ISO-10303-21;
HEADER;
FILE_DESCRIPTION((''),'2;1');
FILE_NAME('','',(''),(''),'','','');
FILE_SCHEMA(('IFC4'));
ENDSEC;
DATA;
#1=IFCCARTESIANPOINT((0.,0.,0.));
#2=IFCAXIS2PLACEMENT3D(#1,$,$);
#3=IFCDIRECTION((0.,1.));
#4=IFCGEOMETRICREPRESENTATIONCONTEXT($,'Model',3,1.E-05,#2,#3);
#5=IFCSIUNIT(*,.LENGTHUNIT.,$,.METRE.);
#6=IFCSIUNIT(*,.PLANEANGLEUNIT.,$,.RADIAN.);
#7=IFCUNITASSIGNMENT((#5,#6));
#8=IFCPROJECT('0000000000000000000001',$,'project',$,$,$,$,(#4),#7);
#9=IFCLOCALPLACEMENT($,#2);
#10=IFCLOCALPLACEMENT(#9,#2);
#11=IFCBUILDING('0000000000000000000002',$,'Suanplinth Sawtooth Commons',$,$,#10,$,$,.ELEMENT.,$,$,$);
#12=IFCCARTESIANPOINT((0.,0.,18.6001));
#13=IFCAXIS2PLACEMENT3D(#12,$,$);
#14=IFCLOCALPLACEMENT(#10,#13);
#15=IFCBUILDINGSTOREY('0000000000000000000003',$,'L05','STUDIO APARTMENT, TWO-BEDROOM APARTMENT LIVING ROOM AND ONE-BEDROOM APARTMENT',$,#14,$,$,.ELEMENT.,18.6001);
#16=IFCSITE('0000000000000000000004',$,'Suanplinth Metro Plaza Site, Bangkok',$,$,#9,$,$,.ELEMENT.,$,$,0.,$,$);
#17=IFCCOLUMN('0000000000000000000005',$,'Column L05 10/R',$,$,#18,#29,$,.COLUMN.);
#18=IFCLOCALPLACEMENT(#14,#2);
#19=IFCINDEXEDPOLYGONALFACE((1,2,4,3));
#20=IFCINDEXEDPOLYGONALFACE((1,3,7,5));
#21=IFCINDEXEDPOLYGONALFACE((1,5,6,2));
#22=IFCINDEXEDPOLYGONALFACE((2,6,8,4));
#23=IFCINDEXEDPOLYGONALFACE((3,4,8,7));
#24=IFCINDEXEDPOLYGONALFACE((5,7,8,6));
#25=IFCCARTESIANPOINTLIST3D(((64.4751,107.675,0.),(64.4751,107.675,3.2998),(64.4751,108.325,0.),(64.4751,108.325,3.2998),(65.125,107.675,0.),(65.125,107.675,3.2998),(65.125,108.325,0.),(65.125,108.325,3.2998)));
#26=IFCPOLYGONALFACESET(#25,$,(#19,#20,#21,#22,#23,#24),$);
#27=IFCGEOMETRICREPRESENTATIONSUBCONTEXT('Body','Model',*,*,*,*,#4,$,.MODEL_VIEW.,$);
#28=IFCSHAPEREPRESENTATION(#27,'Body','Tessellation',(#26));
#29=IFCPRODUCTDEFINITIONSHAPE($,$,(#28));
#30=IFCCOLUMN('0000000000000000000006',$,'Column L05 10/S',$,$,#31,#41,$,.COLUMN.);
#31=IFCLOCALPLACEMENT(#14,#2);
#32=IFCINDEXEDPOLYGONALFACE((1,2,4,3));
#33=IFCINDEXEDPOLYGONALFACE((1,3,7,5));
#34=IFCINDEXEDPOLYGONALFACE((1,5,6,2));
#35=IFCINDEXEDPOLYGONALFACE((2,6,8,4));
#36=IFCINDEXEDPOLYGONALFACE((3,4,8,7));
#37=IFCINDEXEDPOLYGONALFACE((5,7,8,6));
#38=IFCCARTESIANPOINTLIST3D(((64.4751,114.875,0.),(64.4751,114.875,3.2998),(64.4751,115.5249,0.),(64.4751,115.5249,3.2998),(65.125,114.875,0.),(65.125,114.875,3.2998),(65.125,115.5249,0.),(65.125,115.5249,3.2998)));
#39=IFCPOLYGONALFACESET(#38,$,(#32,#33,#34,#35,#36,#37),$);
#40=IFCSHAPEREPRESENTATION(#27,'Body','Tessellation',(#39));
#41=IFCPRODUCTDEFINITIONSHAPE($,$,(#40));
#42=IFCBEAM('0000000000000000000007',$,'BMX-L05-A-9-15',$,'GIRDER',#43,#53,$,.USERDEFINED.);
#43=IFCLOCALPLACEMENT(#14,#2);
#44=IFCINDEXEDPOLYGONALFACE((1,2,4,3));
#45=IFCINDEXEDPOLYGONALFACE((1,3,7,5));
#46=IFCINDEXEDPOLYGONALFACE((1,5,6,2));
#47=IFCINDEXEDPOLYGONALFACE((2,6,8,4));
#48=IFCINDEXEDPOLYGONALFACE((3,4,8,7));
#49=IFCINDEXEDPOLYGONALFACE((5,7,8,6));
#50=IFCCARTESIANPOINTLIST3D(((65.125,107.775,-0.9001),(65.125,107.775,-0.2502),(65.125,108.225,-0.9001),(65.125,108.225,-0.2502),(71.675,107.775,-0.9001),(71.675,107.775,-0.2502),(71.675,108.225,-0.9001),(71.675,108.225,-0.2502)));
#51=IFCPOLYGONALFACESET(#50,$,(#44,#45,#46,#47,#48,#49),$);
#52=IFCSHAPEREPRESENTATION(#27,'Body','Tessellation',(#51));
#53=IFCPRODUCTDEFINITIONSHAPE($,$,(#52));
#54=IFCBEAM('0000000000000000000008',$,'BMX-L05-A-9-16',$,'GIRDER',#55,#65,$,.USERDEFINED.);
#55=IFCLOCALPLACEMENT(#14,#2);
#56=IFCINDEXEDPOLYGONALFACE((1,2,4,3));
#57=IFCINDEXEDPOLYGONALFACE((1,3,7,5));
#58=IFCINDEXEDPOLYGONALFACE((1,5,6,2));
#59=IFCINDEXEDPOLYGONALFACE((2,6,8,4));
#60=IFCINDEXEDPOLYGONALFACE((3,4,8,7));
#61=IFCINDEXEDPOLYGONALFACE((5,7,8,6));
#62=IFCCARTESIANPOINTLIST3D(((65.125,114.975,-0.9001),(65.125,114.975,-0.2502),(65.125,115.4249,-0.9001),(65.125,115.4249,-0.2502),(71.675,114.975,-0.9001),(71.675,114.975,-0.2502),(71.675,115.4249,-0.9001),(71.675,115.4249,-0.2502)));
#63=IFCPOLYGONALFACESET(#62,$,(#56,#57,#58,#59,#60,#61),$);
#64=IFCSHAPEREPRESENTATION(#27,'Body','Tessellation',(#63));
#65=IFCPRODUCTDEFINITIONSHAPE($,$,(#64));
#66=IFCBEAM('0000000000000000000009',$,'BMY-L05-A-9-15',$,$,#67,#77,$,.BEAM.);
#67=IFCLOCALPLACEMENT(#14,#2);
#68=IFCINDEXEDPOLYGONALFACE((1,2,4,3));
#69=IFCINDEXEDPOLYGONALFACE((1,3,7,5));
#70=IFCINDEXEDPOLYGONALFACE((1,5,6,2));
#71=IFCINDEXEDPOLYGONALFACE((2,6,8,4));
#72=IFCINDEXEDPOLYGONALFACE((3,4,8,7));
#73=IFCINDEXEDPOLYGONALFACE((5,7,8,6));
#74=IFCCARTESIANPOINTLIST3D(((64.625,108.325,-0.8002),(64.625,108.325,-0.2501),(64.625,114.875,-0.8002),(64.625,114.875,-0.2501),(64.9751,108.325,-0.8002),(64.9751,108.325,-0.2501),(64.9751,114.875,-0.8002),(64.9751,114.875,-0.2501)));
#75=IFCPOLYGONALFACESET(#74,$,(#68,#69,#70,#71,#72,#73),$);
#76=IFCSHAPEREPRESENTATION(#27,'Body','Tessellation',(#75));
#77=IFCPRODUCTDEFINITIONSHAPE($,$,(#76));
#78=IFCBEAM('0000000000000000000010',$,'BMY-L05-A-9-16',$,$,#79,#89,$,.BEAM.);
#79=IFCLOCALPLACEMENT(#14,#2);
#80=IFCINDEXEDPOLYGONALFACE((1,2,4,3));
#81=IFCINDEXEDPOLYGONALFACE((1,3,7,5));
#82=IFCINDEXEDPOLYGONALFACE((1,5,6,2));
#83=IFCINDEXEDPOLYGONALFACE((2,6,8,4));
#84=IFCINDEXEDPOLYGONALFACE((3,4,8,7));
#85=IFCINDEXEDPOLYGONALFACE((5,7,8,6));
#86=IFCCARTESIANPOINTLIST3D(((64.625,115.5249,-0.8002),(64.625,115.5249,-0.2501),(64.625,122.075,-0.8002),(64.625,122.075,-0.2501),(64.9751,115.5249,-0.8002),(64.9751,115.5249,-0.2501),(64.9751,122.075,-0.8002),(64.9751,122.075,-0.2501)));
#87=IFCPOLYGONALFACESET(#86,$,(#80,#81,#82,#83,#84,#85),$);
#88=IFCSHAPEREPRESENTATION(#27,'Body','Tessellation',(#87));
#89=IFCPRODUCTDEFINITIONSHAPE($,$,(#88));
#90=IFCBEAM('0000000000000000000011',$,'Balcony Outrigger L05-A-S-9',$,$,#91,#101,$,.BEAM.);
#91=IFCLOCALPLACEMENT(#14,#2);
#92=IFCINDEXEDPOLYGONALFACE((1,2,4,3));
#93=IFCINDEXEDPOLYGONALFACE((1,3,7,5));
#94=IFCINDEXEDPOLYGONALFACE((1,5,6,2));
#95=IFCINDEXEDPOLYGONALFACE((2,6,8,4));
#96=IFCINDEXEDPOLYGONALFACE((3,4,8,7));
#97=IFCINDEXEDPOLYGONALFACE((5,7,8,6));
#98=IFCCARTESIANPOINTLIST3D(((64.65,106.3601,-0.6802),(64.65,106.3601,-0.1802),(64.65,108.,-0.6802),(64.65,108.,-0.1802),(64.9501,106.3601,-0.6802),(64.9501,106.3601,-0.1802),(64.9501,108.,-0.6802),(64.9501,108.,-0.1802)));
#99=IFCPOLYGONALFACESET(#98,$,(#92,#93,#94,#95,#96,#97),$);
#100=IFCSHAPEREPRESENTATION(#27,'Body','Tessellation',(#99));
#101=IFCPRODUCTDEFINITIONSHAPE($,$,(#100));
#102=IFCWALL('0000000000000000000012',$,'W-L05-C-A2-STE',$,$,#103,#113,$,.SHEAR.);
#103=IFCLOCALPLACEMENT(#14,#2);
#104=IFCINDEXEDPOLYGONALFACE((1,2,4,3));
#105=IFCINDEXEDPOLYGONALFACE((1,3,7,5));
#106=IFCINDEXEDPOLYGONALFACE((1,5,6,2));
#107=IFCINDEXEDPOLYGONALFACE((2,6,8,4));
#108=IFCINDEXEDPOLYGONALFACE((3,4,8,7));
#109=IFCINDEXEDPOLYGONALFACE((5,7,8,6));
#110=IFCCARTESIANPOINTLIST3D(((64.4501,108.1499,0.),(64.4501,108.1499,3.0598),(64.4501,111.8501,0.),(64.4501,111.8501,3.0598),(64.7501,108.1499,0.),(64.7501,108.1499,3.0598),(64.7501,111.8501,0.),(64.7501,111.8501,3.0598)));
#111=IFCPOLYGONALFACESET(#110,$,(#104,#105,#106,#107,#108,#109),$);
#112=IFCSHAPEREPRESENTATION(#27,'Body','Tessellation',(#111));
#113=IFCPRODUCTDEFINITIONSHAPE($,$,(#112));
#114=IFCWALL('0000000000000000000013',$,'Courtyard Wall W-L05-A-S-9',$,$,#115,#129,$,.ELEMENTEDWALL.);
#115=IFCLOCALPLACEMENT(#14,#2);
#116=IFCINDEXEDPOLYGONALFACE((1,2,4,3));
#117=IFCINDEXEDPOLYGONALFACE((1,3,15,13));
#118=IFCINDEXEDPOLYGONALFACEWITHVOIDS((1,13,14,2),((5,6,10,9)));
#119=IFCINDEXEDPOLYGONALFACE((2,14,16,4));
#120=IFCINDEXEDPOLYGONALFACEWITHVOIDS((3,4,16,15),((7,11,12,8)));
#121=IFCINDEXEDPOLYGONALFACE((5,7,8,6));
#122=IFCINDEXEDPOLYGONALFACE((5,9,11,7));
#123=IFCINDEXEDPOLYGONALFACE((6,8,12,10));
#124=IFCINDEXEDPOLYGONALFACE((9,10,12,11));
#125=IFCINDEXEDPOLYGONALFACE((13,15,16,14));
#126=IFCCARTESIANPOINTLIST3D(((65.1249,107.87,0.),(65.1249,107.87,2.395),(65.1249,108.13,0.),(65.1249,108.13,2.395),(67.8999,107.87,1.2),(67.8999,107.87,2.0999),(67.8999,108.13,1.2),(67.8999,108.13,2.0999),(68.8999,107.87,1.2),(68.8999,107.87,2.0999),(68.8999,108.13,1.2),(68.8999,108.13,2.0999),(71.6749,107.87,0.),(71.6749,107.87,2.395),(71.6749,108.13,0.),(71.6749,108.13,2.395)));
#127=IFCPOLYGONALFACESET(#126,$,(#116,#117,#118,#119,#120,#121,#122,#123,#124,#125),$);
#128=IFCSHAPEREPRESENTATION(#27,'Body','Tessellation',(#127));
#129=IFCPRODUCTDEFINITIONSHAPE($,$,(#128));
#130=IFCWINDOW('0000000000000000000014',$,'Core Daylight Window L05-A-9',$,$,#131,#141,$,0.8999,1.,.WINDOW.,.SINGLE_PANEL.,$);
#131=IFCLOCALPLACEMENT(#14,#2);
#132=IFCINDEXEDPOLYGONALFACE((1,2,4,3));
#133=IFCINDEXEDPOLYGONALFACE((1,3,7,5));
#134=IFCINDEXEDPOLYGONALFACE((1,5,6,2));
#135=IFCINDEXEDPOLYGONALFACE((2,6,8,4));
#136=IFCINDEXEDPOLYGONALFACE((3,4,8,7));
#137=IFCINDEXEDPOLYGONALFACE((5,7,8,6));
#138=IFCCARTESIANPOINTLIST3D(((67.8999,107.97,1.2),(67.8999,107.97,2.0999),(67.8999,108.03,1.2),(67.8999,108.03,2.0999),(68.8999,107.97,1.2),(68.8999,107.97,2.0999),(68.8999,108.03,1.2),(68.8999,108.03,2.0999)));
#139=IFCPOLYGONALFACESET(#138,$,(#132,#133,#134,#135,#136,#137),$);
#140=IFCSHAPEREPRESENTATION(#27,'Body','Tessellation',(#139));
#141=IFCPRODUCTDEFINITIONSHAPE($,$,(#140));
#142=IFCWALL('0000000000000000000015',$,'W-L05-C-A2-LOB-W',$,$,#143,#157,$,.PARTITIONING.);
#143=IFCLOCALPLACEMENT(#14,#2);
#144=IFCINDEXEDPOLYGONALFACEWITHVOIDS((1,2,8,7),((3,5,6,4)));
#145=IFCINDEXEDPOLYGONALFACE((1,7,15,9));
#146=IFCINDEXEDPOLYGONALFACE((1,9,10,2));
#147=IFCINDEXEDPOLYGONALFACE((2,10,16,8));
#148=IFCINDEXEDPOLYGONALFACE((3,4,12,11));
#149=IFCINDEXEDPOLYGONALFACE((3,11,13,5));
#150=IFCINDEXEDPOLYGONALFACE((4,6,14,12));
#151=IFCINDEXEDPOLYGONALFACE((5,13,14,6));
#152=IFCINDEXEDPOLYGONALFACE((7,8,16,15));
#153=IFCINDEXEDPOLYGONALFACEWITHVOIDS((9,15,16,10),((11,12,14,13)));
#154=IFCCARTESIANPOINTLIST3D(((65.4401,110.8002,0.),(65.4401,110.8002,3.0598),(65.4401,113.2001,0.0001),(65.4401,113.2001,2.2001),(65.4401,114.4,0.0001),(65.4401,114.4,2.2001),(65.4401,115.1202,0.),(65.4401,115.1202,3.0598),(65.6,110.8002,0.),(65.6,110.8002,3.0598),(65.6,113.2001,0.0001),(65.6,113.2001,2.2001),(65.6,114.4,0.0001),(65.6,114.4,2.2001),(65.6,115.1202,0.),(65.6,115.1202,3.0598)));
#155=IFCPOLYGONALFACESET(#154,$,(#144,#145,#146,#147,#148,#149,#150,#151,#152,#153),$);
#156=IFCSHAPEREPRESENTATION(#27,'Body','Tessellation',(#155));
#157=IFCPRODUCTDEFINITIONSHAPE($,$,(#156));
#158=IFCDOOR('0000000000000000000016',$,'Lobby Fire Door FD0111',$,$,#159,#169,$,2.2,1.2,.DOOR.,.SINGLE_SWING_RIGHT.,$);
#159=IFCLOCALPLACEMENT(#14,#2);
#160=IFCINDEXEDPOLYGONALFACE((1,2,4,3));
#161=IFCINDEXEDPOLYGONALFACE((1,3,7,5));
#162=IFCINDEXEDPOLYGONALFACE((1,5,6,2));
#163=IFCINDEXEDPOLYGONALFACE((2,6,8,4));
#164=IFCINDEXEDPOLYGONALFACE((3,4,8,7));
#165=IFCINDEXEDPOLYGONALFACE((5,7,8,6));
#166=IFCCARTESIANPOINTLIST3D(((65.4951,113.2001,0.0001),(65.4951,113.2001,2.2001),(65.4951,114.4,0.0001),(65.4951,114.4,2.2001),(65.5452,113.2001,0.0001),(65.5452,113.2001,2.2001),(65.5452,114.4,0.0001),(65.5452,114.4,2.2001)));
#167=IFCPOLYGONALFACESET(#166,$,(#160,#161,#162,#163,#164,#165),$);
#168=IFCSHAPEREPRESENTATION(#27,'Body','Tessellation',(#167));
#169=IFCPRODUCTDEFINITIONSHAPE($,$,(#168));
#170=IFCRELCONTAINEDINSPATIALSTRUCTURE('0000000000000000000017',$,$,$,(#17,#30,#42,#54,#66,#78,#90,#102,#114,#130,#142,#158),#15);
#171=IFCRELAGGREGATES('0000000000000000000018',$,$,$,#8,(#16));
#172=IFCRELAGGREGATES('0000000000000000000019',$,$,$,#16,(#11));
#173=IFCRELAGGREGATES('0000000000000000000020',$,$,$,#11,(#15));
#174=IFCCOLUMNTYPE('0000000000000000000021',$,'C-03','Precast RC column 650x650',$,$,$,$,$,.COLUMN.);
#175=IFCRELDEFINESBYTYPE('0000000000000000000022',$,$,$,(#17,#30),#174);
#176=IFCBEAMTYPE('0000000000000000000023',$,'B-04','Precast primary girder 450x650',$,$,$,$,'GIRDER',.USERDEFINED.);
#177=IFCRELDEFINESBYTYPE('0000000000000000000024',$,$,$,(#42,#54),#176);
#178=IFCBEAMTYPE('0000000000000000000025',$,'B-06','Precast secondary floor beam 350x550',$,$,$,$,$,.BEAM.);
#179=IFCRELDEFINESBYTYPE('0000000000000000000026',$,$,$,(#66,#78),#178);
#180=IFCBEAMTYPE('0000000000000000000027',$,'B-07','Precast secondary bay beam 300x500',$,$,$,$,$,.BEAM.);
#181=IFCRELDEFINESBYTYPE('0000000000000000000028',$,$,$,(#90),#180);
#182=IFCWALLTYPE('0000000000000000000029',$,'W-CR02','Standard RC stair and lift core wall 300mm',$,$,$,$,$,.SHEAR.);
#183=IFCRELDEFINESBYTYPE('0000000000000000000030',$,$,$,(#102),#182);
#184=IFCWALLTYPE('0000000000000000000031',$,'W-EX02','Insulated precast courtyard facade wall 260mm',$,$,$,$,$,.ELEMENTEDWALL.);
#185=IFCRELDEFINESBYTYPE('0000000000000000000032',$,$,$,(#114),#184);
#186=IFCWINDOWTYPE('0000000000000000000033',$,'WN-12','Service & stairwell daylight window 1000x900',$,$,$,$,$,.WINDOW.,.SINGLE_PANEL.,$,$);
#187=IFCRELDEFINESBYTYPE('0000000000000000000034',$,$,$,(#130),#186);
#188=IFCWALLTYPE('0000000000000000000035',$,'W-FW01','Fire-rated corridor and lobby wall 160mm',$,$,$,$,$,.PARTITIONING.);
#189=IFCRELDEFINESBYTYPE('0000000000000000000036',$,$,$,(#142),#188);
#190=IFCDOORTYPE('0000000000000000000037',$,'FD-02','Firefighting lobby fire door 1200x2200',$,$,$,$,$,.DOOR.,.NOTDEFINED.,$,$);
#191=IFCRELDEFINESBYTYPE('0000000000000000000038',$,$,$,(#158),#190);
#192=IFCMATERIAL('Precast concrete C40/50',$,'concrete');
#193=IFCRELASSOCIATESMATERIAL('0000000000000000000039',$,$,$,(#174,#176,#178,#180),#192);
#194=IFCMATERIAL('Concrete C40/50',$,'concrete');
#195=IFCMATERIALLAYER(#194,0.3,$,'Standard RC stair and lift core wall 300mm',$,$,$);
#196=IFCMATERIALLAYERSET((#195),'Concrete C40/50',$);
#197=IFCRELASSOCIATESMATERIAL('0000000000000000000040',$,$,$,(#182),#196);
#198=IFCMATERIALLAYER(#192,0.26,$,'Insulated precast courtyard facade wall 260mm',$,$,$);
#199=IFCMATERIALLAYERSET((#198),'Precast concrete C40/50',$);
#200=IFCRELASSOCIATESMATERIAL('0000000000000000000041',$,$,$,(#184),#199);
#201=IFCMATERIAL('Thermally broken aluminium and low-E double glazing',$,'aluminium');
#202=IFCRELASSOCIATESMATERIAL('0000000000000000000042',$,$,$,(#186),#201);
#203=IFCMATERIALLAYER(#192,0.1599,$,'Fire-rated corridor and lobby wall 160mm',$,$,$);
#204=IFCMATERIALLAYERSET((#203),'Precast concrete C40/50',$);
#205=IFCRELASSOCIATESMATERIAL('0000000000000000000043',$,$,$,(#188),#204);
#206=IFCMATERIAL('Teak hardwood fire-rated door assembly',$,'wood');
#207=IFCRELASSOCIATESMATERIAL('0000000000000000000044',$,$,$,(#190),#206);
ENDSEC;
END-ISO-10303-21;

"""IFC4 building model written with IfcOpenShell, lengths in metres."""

from ifc_helpers import new_model, si_unit, direction, frame, frame_2d, origin, origin_2d, place, context, subcontext, project, spatial, rectangle, extrude, material, layer, layer_set, material_profile, profile_set, type_object, element, fill, save


model = new_model("IFC4")

# Units and contexts
model_context = context("Model", 3, precision=1e-05, world=origin(), true_north=direction((0.0, 1.0)))
body_context = subcontext(model_context, "Body", "Model", "MODEL_VIEW")
ifc_project = project(units=[si_unit("LENGTHUNIT", "METRE"), si_unit("PLANEANGLEUNIT", "RADIAN")], contexts=[model_context])

# Site, building, storey
site_placement = place(None, origin())
site = spatial("IfcSite", under=ifc_project, at=site_placement, Name="Suanplinth Metro Plaza Site, Bangkok", CompositionType="ELEMENT", RefElevation=0.0)
building_placement = place(site_placement, origin())
building = spatial("IfcBuilding", under=site, at=building_placement, Name="Suanplinth Sawtooth Commons", CompositionType="ELEMENT")
storey_placement = place(building_placement, frame((0.0, 0.0, 18.6001)))
storey = spatial("IfcBuildingStorey", under=building, at=storey_placement, Name="L05", Description="STUDIO APARTMENT, TWO-BEDROOM APARTMENT LIVING ROOM AND ONE-BEDROOM APARTMENT", CompositionType="ELEMENT", Elevation=18.6001)

# Columns
ifc_material_1 = material(Name="Precast concrete C40/50", Category="concrete")
ifc_material_profile_1 = material_profile(ifc_material_1, rectangle(XDim=0.6499, YDim=0.6499, at=origin_2d()), Name="PC-COL 650x650")
ifc_profile_set_1 = profile_set([ifc_material_profile_1], Name="Precast concrete C40/50")
column_type = type_object("IfcColumnType", Name="C-03", Description="Precast RC column 650x650", PredefinedType="COLUMN", material=ifc_profile_set_1)
for number, where, z_axis, x_axis, name in (
    (1, (64.8, 108.0, 0.0), (0.0, 0.0, 1.0), (1.0, 0.0, 0.0), "Column L05 10/R"),
    (2, (64.8, 115.2, 0.0), (0.0, 0.0, 1.0), (1.0, 0.0, 0.0), "Column L05 10/S"),
):
    element("IfcColumn", number, at=place(storey_placement, frame(where, z_axis=z_axis, x_axis=x_axis)), inside=storey, type_object=column_type, Name=name, PredefinedType="COLUMN", context=body_context, shape_type="SweptSolid", body=[
        extrude(rectangle(XDim=0.6499, YDim=0.6499, at=origin_2d()), origin(), (0.0, 0.0, 1.0), 3.2998),
    ])

# Beams
ifc_material_profile_2 = material_profile(ifc_material_1, rectangle(XDim=0.45, YDim=0.6499, at=origin_2d()), Name="PC-GDR 450x650")
ifc_profile_set_2 = profile_set([ifc_material_profile_2], Name="Precast concrete C40/50")
beam_type_1 = type_object("IfcBeamType", Name="B-04", Description="Precast primary girder 450x650", ElementType="GIRDER", PredefinedType="USERDEFINED", material=ifc_profile_set_2)
for number, where, z_axis, x_axis, name in (
    (3, (65.125, 108.0, -0.5752), (1.0, 0.0, 0.0), (0.0, 1.0, 0.0), "BMX-L05-A-9-15"),
    (4, (65.125, 115.2, -0.5752), (1.0, 0.0, 0.0), (0.0, 1.0, 0.0), "BMX-L05-A-9-16"),
):
    element("IfcBeam", number, at=place(storey_placement, frame(where, z_axis=z_axis, x_axis=x_axis)), inside=storey, type_object=beam_type_1, Name=name, ObjectType="GIRDER", PredefinedType="USERDEFINED", context=body_context, shape_type="SweptSolid", body=[
        extrude(rectangle(XDim=0.45, YDim=0.6499, at=origin_2d()), origin(), (0.0, 0.0, 1.0), 6.55),
    ])
ifc_material_profile_3 = material_profile(ifc_material_1, rectangle(XDim=0.3501, YDim=0.55, at=origin_2d()), Name="PC-BM 350x550")
ifc_profile_set_3 = profile_set([ifc_material_profile_3], Name="Precast concrete C40/50")
beam_type_2 = type_object("IfcBeamType", Name="B-06", Description="Precast secondary floor beam 350x550", PredefinedType="BEAM", material=ifc_profile_set_3)
for number, where, z_axis, x_axis, name in (
    (5, (64.8, 108.325, -0.5251), (0.0, 1.0, 0.0), (-1.0, 0.0, 0.0), "BMY-L05-A-9-15"),
    (6, (64.8, 115.5249, -0.5251), (0.0, 1.0, 0.0), (-1.0, 0.0, 0.0), "BMY-L05-A-9-16"),
):
    element("IfcBeam", number, at=place(storey_placement, frame(where, z_axis=z_axis, x_axis=x_axis)), inside=storey, type_object=beam_type_2, Name=name, PredefinedType="BEAM", context=body_context, shape_type="SweptSolid", body=[
        extrude(rectangle(XDim=0.3501, YDim=0.55, at=origin_2d()), origin(), (0.0, 0.0, 1.0), 6.55),
    ])
ifc_material_profile_4 = material_profile(ifc_material_1, rectangle(XDim=0.3, YDim=0.5, at=origin_2d()), Name="PC-BM 300x500")
ifc_profile_set_4 = profile_set([ifc_material_profile_4], Name="Precast concrete C40/50")
beam_type_3 = type_object("IfcBeamType", Name="B-07", Description="Precast secondary bay beam 300x500", PredefinedType="BEAM", material=ifc_profile_set_4)
beam_placement = place(storey_placement, frame((64.8, 108.0, -0.4302), z_axis=(0.0, -1.0, 0.0), x_axis=(1.0, 0.0, 0.0)))
element("IfcBeam", 7, at=beam_placement, inside=storey, type_object=beam_type_3, Name="Balcony Outrigger L05-A-S-9", PredefinedType="BEAM", context=body_context, shape_type="SweptSolid", body=[
    extrude(rectangle(XDim=0.3, YDim=0.5, at=origin_2d()), origin(), (0.0, 0.0, 1.0), 1.6399),
])

# Wall
ifc_material_2 = material(Name="Concrete C40/50", Category="concrete")
ifc_layer_1 = layer(ifc_material_2, 0.3, Name="Standard RC stair and lift core wall 300mm")
ifc_layer_set_1 = layer_set([ifc_layer_1], Name="Concrete C40/50")
wall_type_1 = type_object("IfcWallType", Name="W-CR02", Description="Standard RC stair and lift core wall 300mm", PredefinedType="SHEAR", material=ifc_layer_set_1)
wall_1_placement = place(storey_placement, frame((64.6001, 108.1499, 0.0), z_axis=(0.0, 0.0, 1.0), x_axis=(0.0, 1.0, 0.0)))
element("IfcWall", 8, at=wall_1_placement, inside=storey, type_object=wall_type_1, Name="W-L05-C-A2-STE", PredefinedType="SHEAR", context=body_context, shape_type="SweptSolid", body=[
    extrude(rectangle(XDim=3.7002, YDim=0.3, at=frame_2d((1.8501, 0.0))), origin(), (0.0, 0.0, 1.0), 3.0598),
])

# Wall, opening, window
ifc_layer_2 = layer(ifc_material_1, 0.26, Name="Insulated precast courtyard facade wall 260mm")
ifc_layer_set_2 = layer_set([ifc_layer_2], Name="Precast concrete C40/50")
wall_type_2 = type_object("IfcWallType", Name="W-EX02", Description="Insulated precast courtyard facade wall 260mm", PredefinedType="ELEMENTEDWALL", material=ifc_layer_set_2)
wall_2_placement = place(storey_placement, frame((65.125, 108.0, 0.0), z_axis=(0.0, 0.0, 1.0), x_axis=(1.0, 0.0, 0.0)))
wall_2 = element("IfcWall", 9, at=wall_2_placement, inside=storey, type_object=wall_type_2, Name="Courtyard Wall W-L05-A-S-9", PredefinedType="ELEMENTEDWALL", context=body_context, shape_type="SweptSolid", body=[
    extrude(rectangle(XDim=6.55, YDim=0.26, at=frame_2d((3.2749, 0.0))), origin(), (0.0, 0.0, 1.0), 2.395),
])
opening_1_placement = place(wall_2_placement, frame((2.7749, 0.0, 1.2)))
opening_1 = element("IfcOpeningElement", 10, at=opening_1_placement, cuts=wall_2, PredefinedType="OPENING", context=body_context, shape_type="SweptSolid", body=[
    extrude(rectangle(XDim=1.0, YDim=0.8999, at=frame_2d((0.5, 0.45))), frame((0.0, 0.145, 0.0), z_axis=(0.0, -1.0, 0.0), x_axis=(1.0, 0.0, 0.0)), (0.0, 0.0, 1.0), 0.2898),
])
ifc_material_3 = material(Name="Thermally broken aluminium and low-E double glazing", Category="aluminium")
window_type = type_object("IfcWindowType", Name="WN-12", Description="Service & stairwell daylight window 1000x900", PartitioningType="SINGLE_PANEL", PredefinedType="WINDOW", material=ifc_material_3)
window_placement = place(opening_1_placement, origin())
window = element("IfcWindow", 11, at=window_placement, inside=storey, type_object=window_type, Name="Core Daylight Window L05-A-9", OverallHeight=0.8999, OverallWidth=1.0, PartitioningType="SINGLE_PANEL", PredefinedType="WINDOW", context=body_context, shape_type="SweptSolid", body=[
    extrude(rectangle(XDim=1.0, YDim=0.8999, at=frame_2d((0.5, 0.45))), frame((0.0, 0.03, 0.0), z_axis=(0.0, -1.0, 0.0), x_axis=(1.0, 0.0, 0.0)), (0.0, 0.0, 1.0), 0.0601),
])
fill(opening_1, window)

# Wall, opening, door
ifc_layer_3 = layer(ifc_material_1, 0.1599, Name="Fire-rated corridor and lobby wall 160mm")
ifc_layer_set_3 = layer_set([ifc_layer_3], Name="Precast concrete C40/50")
wall_type_3 = type_object("IfcWallType", Name="W-FW01", Description="Fire-rated corridor and lobby wall 160mm", PredefinedType="PARTITIONING", material=ifc_layer_set_3)
wall_3_placement = place(storey_placement, frame((65.52, 110.8, 0.0), z_axis=(0.0, 0.0, 1.0), x_axis=(0.0, 1.0, 0.0)))
wall_3 = element("IfcWall", 12, at=wall_3_placement, inside=storey, type_object=wall_type_3, Name="W-L05-C-A2-LOB-W", PredefinedType="PARTITIONING", context=body_context, shape_type="SweptSolid", body=[
    extrude(rectangle(XDim=4.3201, YDim=0.1599, at=frame_2d((2.1602, 0.0))), origin(), (0.0, 0.0, 1.0), 3.0598),
])
opening_2_placement = place(wall_3_placement, frame((2.3999, 0.0, 0.0)))
opening_2 = element("IfcOpeningElement", 13, at=opening_2_placement, cuts=wall_3, PredefinedType="OPENING", context=body_context, shape_type="SweptSolid", body=[
    extrude(rectangle(XDim=1.2, YDim=2.2, at=frame_2d((0.6001, 1.1001))), frame((0.0, 0.0947, 0.0), z_axis=(0.0, -1.0, 0.0), x_axis=(1.0, 0.0, 0.0)), (0.0, 0.0, 1.0), 0.1897),
])
ifc_material_4 = material(Name="Teak hardwood fire-rated door assembly", Category="wood")
door_type_1 = type_object("IfcDoorType", Name="FD-02", Description="Firefighting lobby fire door 1200x2200", OperationType="NOTDEFINED", PredefinedType="DOOR", material=ifc_material_4)
door_1_placement = place(opening_2_placement, origin())
door_1 = element("IfcDoor", 14, at=door_1_placement, inside=storey, type_object=door_type_1, Name="Lobby Fire Door FD0111", OperationType="SINGLE_SWING_RIGHT", OverallHeight=2.2, OverallWidth=1.2, PredefinedType="DOOR", context=body_context, shape_type="SweptSolid", body=[
    extrude(rectangle(XDim=1.2, YDim=2.2, at=frame_2d((0.6001, 1.1001))), frame((0.0, 0.0249, 0.0), z_axis=(0.0, -1.0, 0.0), x_axis=(1.0, 0.0, 0.0)), (0.0, 0.0, 1.0), 0.05),
])
fill(opening_2, door_1)

save(model, "model.ifc")
